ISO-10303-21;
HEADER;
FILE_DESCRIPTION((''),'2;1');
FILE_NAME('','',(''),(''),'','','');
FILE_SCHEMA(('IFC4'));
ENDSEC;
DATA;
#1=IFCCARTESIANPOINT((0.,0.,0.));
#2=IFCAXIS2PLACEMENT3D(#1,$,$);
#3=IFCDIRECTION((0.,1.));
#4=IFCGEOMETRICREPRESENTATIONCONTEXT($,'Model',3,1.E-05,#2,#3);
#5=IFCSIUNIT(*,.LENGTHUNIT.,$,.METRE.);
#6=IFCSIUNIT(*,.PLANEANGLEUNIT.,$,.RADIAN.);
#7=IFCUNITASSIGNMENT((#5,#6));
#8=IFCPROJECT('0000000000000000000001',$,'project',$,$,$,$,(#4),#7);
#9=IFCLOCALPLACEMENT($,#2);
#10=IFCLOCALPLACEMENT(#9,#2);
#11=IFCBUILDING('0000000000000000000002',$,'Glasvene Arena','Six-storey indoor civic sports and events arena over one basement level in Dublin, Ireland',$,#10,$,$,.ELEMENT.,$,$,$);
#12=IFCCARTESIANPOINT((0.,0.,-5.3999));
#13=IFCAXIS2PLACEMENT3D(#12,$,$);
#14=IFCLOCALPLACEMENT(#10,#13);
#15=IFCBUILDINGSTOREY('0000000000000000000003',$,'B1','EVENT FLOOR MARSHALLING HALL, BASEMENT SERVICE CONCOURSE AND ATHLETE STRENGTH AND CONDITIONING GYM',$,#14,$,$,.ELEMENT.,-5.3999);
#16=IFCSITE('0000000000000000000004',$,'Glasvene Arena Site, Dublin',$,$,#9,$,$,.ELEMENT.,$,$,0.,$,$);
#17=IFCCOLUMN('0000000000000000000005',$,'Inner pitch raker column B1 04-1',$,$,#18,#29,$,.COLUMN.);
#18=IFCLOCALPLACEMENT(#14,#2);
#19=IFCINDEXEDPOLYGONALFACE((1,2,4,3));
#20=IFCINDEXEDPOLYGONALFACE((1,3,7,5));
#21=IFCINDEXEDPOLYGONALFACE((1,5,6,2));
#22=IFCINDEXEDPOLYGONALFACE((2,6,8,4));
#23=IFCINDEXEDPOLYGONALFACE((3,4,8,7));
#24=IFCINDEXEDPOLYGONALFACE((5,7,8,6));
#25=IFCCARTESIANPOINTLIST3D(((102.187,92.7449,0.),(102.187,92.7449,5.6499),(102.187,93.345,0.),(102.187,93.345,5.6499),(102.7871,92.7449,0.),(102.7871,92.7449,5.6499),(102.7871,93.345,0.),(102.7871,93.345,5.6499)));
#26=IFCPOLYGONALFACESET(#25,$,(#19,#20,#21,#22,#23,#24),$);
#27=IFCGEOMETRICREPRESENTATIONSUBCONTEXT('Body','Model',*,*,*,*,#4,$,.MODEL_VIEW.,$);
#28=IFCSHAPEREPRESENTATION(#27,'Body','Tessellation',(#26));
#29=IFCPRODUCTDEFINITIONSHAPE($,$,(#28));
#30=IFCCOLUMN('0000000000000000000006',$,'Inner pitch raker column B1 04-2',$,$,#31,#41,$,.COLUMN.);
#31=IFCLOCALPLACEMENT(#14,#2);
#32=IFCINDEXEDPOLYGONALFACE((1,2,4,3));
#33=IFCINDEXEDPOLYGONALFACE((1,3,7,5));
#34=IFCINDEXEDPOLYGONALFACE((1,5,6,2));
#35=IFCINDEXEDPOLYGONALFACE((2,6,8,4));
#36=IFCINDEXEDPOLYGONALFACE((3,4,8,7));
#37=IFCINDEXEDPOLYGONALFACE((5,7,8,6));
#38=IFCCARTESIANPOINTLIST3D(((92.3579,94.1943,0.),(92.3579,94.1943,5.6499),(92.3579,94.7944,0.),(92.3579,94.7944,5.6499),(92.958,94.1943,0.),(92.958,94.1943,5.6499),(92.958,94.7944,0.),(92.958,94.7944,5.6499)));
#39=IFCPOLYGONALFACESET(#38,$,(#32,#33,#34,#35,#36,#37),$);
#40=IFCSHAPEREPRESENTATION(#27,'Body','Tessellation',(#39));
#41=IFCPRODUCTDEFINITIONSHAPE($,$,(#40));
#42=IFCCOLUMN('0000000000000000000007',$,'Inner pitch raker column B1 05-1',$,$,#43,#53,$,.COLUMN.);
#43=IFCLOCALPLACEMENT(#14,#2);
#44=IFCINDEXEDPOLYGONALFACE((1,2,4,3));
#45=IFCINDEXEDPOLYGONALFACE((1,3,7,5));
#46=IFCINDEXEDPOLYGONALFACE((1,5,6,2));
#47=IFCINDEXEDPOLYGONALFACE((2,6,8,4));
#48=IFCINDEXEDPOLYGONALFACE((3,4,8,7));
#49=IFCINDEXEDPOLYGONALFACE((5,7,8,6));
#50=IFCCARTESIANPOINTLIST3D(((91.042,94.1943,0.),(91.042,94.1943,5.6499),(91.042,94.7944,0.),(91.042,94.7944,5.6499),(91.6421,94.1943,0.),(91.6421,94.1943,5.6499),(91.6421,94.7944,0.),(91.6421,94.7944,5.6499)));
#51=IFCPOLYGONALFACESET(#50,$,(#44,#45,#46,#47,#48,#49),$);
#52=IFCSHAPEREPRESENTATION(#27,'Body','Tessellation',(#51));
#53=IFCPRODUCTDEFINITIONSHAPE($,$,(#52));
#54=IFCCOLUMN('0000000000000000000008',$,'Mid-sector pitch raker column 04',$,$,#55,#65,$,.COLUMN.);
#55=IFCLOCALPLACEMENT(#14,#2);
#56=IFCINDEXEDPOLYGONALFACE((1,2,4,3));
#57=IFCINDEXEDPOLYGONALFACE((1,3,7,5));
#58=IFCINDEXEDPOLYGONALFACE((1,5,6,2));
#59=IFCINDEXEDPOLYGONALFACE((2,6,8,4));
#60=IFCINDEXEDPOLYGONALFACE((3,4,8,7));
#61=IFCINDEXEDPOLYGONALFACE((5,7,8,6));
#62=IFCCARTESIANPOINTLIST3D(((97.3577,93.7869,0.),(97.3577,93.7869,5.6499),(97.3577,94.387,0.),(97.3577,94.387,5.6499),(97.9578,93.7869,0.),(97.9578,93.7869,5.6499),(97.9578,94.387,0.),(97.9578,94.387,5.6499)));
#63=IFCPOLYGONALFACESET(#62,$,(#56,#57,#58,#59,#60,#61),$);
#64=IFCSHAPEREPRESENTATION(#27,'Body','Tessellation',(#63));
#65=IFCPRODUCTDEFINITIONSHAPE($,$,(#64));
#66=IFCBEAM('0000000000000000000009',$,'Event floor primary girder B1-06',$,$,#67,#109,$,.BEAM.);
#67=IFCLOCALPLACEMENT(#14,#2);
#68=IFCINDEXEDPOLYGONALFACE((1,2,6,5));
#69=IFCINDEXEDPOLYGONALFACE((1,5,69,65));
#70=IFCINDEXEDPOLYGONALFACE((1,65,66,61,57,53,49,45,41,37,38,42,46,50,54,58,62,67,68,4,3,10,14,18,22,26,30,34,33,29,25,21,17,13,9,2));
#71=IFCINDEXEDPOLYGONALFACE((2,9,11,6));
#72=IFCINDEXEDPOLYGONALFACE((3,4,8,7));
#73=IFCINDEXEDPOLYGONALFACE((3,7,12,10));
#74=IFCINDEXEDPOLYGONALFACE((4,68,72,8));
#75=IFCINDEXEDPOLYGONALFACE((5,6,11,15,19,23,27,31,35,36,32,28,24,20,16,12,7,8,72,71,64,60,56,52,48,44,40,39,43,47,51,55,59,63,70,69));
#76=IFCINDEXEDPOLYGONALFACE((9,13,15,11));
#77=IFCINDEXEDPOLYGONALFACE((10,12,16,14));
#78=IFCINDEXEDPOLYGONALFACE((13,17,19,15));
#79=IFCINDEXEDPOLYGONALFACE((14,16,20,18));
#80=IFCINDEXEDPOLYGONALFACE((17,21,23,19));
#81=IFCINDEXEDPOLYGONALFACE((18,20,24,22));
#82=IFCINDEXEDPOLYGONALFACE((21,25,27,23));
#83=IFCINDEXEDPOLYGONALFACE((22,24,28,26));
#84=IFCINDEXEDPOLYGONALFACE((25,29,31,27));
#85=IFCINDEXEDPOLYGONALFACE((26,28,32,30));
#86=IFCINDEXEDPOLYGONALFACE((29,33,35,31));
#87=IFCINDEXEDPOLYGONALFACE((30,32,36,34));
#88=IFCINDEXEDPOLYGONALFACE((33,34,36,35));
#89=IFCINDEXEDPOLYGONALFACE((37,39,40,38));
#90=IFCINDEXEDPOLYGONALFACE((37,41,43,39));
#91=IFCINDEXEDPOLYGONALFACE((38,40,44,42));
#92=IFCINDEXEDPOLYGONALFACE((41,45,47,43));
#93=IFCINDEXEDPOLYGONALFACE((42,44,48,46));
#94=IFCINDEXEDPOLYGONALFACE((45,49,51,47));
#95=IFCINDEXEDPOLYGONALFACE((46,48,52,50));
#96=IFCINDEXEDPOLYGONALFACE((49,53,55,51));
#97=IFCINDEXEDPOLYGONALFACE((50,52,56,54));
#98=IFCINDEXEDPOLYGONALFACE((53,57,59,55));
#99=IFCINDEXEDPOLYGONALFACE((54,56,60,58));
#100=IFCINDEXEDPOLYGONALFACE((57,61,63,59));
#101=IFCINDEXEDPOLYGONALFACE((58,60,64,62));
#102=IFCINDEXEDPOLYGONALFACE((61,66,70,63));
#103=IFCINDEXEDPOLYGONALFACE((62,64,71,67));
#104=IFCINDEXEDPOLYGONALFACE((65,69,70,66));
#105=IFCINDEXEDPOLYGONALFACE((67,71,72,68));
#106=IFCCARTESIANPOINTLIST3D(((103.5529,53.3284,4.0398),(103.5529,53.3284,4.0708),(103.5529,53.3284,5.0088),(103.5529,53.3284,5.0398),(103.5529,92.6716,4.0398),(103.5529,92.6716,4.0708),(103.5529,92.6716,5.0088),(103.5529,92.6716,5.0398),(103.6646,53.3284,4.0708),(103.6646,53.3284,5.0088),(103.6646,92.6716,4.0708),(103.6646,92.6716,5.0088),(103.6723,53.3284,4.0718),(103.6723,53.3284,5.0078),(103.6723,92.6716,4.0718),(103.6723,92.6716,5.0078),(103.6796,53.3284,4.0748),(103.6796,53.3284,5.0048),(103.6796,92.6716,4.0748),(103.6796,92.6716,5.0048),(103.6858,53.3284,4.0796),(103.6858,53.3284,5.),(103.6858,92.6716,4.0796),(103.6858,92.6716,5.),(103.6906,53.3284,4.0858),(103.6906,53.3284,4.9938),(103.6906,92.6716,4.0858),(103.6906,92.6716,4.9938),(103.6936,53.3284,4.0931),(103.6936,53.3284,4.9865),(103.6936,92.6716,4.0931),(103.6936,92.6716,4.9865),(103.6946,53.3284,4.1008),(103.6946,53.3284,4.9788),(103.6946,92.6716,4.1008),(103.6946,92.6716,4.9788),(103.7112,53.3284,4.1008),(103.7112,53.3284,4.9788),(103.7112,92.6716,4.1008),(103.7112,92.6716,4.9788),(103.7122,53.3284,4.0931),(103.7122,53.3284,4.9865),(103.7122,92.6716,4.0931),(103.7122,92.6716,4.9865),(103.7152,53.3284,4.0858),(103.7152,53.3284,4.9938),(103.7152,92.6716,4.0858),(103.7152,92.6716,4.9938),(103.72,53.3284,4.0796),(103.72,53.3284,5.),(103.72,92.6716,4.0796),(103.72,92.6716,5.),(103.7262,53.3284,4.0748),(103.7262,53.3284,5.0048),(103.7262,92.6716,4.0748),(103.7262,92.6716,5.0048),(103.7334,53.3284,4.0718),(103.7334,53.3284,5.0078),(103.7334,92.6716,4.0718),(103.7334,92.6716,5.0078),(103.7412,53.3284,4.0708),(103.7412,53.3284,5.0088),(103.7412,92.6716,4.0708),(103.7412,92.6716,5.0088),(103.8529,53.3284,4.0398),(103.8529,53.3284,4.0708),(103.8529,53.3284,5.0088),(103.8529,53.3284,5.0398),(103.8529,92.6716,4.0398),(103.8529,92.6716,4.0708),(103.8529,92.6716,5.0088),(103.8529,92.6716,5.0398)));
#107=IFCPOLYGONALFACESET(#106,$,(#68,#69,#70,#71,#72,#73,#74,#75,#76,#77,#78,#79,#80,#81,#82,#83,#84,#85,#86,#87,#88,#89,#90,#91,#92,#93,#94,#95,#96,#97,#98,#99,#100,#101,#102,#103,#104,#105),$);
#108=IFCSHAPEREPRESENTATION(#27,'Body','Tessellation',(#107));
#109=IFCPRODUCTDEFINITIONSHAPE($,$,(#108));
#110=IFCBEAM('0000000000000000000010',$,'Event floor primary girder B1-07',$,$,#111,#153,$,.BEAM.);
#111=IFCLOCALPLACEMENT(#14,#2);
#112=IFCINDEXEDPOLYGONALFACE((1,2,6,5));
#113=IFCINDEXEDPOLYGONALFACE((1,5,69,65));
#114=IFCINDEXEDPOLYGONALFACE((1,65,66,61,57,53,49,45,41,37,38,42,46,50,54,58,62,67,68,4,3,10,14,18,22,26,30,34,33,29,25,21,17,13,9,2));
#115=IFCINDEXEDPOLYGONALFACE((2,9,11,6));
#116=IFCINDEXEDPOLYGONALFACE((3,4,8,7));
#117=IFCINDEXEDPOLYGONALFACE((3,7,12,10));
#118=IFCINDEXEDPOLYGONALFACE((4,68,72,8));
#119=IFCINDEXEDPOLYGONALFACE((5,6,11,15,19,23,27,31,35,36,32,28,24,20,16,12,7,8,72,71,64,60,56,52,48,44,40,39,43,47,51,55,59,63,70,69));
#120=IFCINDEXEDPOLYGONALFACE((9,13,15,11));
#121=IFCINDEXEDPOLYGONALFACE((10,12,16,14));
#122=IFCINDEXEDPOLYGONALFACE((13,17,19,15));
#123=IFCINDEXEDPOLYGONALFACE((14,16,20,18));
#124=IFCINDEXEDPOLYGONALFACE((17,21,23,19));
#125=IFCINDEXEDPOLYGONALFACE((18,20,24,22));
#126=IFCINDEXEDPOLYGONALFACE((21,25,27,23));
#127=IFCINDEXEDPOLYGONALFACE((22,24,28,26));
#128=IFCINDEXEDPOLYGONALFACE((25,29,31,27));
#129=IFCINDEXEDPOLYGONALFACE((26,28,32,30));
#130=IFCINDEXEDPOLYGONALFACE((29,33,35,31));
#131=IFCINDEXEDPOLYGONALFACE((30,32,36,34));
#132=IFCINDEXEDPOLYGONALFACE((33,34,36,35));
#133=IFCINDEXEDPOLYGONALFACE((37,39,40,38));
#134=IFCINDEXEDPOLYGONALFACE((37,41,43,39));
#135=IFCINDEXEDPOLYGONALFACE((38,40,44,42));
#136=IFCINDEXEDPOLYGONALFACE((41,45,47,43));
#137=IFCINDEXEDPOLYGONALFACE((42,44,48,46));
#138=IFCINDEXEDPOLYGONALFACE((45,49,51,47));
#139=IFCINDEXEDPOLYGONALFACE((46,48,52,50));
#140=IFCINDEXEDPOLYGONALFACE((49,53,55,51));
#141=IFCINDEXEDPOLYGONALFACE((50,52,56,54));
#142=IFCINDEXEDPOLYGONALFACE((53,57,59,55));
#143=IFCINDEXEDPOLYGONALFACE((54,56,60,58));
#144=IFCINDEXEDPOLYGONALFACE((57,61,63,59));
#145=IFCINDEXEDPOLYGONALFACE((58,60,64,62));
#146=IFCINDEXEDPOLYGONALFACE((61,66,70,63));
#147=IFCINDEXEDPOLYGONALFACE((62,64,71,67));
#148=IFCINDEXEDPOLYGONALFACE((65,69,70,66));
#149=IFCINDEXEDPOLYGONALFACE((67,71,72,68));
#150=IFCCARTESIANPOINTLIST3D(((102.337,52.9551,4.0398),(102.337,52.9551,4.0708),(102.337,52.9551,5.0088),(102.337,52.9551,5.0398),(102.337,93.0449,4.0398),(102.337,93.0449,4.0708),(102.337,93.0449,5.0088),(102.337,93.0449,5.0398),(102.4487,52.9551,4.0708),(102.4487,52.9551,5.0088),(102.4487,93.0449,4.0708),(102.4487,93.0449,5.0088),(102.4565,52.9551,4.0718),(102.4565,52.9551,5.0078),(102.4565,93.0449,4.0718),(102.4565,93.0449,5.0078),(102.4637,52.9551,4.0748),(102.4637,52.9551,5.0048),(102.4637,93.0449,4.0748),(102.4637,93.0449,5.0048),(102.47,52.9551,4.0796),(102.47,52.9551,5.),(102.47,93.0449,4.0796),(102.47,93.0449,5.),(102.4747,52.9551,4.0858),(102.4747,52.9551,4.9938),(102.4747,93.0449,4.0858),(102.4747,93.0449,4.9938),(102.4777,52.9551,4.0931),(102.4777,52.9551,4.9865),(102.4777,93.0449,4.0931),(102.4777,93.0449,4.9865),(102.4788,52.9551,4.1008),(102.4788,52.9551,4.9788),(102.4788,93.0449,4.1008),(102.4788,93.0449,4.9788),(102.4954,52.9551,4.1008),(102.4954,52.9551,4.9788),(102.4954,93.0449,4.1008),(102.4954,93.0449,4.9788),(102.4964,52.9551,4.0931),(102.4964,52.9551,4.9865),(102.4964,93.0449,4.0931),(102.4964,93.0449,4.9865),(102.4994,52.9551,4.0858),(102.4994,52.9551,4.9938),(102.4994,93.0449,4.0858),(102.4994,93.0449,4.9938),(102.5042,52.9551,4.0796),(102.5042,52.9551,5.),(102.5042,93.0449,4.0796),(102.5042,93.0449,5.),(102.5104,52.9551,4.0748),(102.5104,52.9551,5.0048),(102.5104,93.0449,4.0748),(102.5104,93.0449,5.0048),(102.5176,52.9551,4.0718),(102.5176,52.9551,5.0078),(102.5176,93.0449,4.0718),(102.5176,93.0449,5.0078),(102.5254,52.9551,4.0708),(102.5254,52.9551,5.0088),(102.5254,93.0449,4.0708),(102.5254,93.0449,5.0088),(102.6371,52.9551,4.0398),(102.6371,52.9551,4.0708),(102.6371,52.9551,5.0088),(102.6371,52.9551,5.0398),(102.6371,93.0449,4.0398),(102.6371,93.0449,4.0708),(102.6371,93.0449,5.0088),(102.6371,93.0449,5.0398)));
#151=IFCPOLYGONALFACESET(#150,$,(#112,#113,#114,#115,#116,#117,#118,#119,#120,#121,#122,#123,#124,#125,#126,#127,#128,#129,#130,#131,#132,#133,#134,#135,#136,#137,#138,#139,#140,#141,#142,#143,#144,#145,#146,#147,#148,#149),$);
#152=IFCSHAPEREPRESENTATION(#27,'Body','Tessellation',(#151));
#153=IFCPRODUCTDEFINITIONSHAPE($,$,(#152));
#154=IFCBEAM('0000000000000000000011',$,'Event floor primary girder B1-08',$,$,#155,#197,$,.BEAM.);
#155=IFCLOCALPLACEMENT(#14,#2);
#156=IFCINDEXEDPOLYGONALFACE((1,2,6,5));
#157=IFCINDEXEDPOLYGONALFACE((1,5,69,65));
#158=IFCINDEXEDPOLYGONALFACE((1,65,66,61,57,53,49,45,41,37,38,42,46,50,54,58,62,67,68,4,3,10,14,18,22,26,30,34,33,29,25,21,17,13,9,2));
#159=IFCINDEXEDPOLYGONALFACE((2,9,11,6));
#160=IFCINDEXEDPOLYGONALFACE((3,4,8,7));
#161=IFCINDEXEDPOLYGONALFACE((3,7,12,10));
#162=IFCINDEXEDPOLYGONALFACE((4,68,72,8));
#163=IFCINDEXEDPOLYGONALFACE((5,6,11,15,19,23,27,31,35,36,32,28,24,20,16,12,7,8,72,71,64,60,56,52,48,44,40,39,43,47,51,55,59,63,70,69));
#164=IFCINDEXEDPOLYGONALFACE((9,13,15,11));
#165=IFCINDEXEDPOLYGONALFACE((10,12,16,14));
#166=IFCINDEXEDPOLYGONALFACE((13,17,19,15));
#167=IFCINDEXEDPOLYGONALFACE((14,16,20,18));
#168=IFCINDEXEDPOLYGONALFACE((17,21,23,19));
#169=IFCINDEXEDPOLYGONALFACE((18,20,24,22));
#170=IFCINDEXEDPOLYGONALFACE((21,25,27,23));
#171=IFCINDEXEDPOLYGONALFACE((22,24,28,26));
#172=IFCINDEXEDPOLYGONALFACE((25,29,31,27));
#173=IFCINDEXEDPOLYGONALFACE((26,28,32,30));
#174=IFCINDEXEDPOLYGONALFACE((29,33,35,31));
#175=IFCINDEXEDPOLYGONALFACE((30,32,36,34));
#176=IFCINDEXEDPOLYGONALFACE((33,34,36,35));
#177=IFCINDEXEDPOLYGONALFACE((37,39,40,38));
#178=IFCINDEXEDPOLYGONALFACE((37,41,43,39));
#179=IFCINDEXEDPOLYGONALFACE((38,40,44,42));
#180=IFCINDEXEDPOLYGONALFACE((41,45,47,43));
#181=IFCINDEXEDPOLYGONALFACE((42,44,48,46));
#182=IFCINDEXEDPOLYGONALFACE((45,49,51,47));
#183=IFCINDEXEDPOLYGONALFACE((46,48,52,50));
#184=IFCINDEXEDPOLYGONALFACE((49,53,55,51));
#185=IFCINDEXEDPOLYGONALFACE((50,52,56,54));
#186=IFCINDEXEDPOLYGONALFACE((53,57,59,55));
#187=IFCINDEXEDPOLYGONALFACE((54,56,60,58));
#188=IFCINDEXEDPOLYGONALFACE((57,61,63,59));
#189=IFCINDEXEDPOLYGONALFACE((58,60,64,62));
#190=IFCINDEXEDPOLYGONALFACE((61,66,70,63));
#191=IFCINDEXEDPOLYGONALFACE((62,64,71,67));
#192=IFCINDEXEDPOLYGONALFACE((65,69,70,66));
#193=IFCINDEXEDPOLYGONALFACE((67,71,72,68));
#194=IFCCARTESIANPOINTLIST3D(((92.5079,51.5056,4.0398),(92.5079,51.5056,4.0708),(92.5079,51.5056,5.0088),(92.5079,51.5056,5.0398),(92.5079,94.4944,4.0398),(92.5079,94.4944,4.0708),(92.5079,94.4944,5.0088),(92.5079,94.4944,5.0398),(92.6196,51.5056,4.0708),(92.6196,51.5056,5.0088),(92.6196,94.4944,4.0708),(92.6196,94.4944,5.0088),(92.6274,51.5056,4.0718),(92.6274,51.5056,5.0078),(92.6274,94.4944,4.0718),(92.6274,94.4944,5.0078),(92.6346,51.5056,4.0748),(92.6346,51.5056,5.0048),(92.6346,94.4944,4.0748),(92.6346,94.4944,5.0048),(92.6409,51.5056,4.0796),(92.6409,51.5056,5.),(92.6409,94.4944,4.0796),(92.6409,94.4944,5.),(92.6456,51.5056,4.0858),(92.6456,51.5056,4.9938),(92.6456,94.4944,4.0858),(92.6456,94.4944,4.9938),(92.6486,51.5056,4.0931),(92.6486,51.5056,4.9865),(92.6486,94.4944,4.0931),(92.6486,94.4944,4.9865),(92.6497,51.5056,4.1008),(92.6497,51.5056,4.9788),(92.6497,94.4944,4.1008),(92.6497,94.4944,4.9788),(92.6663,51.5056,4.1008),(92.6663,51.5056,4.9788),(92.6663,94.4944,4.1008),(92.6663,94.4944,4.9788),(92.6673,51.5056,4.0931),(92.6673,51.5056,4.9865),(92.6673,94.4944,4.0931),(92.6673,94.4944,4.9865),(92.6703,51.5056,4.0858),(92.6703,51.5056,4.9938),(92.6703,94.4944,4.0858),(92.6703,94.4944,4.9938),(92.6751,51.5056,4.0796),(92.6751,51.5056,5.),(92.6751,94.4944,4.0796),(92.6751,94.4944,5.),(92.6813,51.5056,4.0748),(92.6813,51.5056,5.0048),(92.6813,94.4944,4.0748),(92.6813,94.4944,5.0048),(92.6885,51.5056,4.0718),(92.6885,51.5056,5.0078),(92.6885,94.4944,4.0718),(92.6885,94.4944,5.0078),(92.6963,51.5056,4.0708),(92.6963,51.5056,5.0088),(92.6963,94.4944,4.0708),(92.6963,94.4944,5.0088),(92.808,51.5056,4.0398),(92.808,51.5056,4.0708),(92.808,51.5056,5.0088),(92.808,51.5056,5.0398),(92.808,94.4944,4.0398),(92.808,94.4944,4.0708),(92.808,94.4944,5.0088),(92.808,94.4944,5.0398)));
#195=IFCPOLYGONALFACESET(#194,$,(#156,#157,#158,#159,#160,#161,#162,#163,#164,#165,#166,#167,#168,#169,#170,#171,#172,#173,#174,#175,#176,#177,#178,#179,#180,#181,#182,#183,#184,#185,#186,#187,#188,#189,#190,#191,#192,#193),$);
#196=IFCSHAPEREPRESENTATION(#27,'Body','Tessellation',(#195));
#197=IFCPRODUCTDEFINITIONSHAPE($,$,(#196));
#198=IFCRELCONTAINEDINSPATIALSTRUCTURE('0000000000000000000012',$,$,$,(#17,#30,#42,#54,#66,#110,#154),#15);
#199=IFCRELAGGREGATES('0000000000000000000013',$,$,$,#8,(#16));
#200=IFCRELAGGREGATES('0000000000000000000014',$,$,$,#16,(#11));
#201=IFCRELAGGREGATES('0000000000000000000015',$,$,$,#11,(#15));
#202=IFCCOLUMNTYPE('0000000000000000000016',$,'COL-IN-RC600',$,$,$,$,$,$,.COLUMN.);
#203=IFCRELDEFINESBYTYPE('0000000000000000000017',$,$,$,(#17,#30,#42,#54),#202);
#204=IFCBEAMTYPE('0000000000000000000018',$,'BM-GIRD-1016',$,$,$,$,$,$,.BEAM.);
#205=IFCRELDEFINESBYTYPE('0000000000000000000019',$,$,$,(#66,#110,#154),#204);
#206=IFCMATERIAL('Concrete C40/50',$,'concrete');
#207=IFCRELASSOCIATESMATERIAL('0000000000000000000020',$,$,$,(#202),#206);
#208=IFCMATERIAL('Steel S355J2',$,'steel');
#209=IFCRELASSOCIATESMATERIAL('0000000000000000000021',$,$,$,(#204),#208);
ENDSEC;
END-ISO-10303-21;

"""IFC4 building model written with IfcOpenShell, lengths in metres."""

from ifc_helpers import new_model, si_unit, direction, frame, origin, origin_2d, place, context, subcontext, project, spatial, rectangle, i_section, extrude, material, material_profile, profile_set, type_object, element, save


model = new_model("IFC4")

# Units and contexts
model_context = context("Model", 3, precision=1e-05, world=origin(), true_north=direction((0.0, 1.0)))
body_context = subcontext(model_context, "Body", "Model", "MODEL_VIEW")
ifc_project = project(units=[si_unit("LENGTHUNIT", "METRE"), si_unit("PLANEANGLEUNIT", "RADIAN")], contexts=[model_context])

# Site, building, storey
site_placement = place(None, origin())
site = spatial("IfcSite", under=ifc_project, at=site_placement, Name="Glasvene Arena Site, Dublin", CompositionType="ELEMENT", RefElevation=0.0)
building_placement = place(site_placement, origin())
building = spatial("IfcBuilding", under=site, at=building_placement, Name="Glasvene Arena", Description="Six-storey indoor civic sports and events arena over one basement level in Dublin, Ireland", CompositionType="ELEMENT")
storey_placement = place(building_placement, frame((0.0, 0.0, -5.3999)))
storey = spatial("IfcBuildingStorey", under=building, at=storey_placement, Name="B1", Description="EVENT FLOOR MARSHALLING HALL, BASEMENT SERVICE CONCOURSE AND ATHLETE STRENGTH AND CONDITIONING GYM", CompositionType="ELEMENT", Elevation=-5.3999)

# Shared definitions
ifc_material_1 = material(Name="Concrete C40/50", Category="concrete")

# Columns
ifc_material_profile_1 = material_profile(ifc_material_1, rectangle(XDim=0.6001, YDim=0.6001, at=origin_2d()), Name="RC 600x600")
ifc_profile_set_1 = profile_set([ifc_material_profile_1], Name="Concrete C40/50")
column_type = type_object("IfcColumnType", Name="COL-IN-RC600", PredefinedType="COLUMN", material=ifc_profile_set_1)
for number, where, z_axis, x_axis, name in (
    (1, (102.4871, 93.0449, 0.0), (0.0, 0.0, 1.0), (1.0, 0.0, 0.0), "Inner pitch raker column B1 04-1"),
    (2, (92.658, 94.4944, 0.0), (0.0, 0.0, 1.0), (1.0, 0.0, 0.0), "Inner pitch raker column B1 04-2"),
    (3, (91.342, 94.4944, 0.0), (0.0, 0.0, 1.0), (1.0, 0.0, 0.0), "Inner pitch raker column B1 05-1"),
    (4, (97.6577, 94.0869, 0.0), (0.0, 0.0, 1.0), (1.0, 0.0, 0.0), "Mid-sector pitch raker column 04"),
):
    element("IfcColumn", number, at=place(storey_placement, frame(where, z_axis=z_axis, x_axis=x_axis)), inside=storey, type_object=column_type, Name=name, PredefinedType="COLUMN", context=body_context, shape_type="SweptSolid", body=[
        extrude(rectangle(XDim=0.6001, YDim=0.6001, at=origin_2d()), origin(), (0.0, 0.0, 1.0), 5.6499),
    ])

# Beams
ifc_material_2 = material(Name="Steel S355J2", Category="steel")
ifc_material_profile_2 = material_profile(ifc_material_2, i_section(OverallWidth=0.3, OverallDepth=1.0, WebThickness=0.0166, FlangeThickness=0.031, FilletRadius=0.03, at=origin_2d()), Name="UKB 1016x305x272")
ifc_profile_set_2 = profile_set([ifc_material_profile_2], Name="Steel S355J2")
beam_type_1 = type_object("IfcBeamType", Name="BM-GIRD-1016", PredefinedType="BEAM", material=ifc_profile_set_2)
beam_1_placement = place(storey_placement, frame((103.7029, 92.6716, 4.5398), z_axis=(0.0, -1.0, 0.0), x_axis=(1.0, 0.0, 0.0)))
element("IfcBeam", 5, at=beam_1_placement, inside=storey, type_object=beam_type_1, Name="Event floor primary girder B1-06", PredefinedType="BEAM", context=body_context, shape_type="SweptSolid", body=[
    extrude(i_section(OverallWidth=0.3, OverallDepth=1.0, WebThickness=0.0166, FlangeThickness=0.031, FilletRadius=0.03, at=origin_2d()), origin(), (0.0, 0.0, 1.0), 39.3433),
])
beam_2_placement = place(storey_placement, frame((102.4871, 93.0449, 4.5398), z_axis=(0.0, -1.0, 0.0), x_axis=(1.0, 0.0, 0.0)))
element("IfcBeam", 6, at=beam_2_placement, inside=storey, type_object=beam_type_1, Name="Event floor primary girder B1-07", PredefinedType="BEAM", context=body_context, shape_type="SweptSolid", body=[
    extrude(i_section(OverallWidth=0.3, OverallDepth=1.0, WebThickness=0.0166, FlangeThickness=0.031, FilletRadius=0.03, at=origin_2d()), origin(), (0.0, 0.0, 1.0), 40.0898),
])
for number, where, z_axis, x_axis, name in (
    (7, (92.658, 94.4944, 4.5398), (0.0, -1.0, 0.0), (1.0, 0.0, 0.0), "Event floor primary girder B1-08"),
):
    element("IfcBeam", number, at=place(storey_placement, frame(where, z_axis=z_axis, x_axis=x_axis)), inside=storey, type_object=beam_type_1, Name=name, PredefinedType="BEAM", context=body_context, shape_type="SweptSolid", body=[
        extrude(i_section(OverallWidth=0.3, OverallDepth=1.0, WebThickness=0.0166, FlangeThickness=0.031, FilletRadius=0.03, at=origin_2d()), origin(), (0.0, 0.0, 1.0), 42.9888),
    ])

save(model, "model.ifc")
